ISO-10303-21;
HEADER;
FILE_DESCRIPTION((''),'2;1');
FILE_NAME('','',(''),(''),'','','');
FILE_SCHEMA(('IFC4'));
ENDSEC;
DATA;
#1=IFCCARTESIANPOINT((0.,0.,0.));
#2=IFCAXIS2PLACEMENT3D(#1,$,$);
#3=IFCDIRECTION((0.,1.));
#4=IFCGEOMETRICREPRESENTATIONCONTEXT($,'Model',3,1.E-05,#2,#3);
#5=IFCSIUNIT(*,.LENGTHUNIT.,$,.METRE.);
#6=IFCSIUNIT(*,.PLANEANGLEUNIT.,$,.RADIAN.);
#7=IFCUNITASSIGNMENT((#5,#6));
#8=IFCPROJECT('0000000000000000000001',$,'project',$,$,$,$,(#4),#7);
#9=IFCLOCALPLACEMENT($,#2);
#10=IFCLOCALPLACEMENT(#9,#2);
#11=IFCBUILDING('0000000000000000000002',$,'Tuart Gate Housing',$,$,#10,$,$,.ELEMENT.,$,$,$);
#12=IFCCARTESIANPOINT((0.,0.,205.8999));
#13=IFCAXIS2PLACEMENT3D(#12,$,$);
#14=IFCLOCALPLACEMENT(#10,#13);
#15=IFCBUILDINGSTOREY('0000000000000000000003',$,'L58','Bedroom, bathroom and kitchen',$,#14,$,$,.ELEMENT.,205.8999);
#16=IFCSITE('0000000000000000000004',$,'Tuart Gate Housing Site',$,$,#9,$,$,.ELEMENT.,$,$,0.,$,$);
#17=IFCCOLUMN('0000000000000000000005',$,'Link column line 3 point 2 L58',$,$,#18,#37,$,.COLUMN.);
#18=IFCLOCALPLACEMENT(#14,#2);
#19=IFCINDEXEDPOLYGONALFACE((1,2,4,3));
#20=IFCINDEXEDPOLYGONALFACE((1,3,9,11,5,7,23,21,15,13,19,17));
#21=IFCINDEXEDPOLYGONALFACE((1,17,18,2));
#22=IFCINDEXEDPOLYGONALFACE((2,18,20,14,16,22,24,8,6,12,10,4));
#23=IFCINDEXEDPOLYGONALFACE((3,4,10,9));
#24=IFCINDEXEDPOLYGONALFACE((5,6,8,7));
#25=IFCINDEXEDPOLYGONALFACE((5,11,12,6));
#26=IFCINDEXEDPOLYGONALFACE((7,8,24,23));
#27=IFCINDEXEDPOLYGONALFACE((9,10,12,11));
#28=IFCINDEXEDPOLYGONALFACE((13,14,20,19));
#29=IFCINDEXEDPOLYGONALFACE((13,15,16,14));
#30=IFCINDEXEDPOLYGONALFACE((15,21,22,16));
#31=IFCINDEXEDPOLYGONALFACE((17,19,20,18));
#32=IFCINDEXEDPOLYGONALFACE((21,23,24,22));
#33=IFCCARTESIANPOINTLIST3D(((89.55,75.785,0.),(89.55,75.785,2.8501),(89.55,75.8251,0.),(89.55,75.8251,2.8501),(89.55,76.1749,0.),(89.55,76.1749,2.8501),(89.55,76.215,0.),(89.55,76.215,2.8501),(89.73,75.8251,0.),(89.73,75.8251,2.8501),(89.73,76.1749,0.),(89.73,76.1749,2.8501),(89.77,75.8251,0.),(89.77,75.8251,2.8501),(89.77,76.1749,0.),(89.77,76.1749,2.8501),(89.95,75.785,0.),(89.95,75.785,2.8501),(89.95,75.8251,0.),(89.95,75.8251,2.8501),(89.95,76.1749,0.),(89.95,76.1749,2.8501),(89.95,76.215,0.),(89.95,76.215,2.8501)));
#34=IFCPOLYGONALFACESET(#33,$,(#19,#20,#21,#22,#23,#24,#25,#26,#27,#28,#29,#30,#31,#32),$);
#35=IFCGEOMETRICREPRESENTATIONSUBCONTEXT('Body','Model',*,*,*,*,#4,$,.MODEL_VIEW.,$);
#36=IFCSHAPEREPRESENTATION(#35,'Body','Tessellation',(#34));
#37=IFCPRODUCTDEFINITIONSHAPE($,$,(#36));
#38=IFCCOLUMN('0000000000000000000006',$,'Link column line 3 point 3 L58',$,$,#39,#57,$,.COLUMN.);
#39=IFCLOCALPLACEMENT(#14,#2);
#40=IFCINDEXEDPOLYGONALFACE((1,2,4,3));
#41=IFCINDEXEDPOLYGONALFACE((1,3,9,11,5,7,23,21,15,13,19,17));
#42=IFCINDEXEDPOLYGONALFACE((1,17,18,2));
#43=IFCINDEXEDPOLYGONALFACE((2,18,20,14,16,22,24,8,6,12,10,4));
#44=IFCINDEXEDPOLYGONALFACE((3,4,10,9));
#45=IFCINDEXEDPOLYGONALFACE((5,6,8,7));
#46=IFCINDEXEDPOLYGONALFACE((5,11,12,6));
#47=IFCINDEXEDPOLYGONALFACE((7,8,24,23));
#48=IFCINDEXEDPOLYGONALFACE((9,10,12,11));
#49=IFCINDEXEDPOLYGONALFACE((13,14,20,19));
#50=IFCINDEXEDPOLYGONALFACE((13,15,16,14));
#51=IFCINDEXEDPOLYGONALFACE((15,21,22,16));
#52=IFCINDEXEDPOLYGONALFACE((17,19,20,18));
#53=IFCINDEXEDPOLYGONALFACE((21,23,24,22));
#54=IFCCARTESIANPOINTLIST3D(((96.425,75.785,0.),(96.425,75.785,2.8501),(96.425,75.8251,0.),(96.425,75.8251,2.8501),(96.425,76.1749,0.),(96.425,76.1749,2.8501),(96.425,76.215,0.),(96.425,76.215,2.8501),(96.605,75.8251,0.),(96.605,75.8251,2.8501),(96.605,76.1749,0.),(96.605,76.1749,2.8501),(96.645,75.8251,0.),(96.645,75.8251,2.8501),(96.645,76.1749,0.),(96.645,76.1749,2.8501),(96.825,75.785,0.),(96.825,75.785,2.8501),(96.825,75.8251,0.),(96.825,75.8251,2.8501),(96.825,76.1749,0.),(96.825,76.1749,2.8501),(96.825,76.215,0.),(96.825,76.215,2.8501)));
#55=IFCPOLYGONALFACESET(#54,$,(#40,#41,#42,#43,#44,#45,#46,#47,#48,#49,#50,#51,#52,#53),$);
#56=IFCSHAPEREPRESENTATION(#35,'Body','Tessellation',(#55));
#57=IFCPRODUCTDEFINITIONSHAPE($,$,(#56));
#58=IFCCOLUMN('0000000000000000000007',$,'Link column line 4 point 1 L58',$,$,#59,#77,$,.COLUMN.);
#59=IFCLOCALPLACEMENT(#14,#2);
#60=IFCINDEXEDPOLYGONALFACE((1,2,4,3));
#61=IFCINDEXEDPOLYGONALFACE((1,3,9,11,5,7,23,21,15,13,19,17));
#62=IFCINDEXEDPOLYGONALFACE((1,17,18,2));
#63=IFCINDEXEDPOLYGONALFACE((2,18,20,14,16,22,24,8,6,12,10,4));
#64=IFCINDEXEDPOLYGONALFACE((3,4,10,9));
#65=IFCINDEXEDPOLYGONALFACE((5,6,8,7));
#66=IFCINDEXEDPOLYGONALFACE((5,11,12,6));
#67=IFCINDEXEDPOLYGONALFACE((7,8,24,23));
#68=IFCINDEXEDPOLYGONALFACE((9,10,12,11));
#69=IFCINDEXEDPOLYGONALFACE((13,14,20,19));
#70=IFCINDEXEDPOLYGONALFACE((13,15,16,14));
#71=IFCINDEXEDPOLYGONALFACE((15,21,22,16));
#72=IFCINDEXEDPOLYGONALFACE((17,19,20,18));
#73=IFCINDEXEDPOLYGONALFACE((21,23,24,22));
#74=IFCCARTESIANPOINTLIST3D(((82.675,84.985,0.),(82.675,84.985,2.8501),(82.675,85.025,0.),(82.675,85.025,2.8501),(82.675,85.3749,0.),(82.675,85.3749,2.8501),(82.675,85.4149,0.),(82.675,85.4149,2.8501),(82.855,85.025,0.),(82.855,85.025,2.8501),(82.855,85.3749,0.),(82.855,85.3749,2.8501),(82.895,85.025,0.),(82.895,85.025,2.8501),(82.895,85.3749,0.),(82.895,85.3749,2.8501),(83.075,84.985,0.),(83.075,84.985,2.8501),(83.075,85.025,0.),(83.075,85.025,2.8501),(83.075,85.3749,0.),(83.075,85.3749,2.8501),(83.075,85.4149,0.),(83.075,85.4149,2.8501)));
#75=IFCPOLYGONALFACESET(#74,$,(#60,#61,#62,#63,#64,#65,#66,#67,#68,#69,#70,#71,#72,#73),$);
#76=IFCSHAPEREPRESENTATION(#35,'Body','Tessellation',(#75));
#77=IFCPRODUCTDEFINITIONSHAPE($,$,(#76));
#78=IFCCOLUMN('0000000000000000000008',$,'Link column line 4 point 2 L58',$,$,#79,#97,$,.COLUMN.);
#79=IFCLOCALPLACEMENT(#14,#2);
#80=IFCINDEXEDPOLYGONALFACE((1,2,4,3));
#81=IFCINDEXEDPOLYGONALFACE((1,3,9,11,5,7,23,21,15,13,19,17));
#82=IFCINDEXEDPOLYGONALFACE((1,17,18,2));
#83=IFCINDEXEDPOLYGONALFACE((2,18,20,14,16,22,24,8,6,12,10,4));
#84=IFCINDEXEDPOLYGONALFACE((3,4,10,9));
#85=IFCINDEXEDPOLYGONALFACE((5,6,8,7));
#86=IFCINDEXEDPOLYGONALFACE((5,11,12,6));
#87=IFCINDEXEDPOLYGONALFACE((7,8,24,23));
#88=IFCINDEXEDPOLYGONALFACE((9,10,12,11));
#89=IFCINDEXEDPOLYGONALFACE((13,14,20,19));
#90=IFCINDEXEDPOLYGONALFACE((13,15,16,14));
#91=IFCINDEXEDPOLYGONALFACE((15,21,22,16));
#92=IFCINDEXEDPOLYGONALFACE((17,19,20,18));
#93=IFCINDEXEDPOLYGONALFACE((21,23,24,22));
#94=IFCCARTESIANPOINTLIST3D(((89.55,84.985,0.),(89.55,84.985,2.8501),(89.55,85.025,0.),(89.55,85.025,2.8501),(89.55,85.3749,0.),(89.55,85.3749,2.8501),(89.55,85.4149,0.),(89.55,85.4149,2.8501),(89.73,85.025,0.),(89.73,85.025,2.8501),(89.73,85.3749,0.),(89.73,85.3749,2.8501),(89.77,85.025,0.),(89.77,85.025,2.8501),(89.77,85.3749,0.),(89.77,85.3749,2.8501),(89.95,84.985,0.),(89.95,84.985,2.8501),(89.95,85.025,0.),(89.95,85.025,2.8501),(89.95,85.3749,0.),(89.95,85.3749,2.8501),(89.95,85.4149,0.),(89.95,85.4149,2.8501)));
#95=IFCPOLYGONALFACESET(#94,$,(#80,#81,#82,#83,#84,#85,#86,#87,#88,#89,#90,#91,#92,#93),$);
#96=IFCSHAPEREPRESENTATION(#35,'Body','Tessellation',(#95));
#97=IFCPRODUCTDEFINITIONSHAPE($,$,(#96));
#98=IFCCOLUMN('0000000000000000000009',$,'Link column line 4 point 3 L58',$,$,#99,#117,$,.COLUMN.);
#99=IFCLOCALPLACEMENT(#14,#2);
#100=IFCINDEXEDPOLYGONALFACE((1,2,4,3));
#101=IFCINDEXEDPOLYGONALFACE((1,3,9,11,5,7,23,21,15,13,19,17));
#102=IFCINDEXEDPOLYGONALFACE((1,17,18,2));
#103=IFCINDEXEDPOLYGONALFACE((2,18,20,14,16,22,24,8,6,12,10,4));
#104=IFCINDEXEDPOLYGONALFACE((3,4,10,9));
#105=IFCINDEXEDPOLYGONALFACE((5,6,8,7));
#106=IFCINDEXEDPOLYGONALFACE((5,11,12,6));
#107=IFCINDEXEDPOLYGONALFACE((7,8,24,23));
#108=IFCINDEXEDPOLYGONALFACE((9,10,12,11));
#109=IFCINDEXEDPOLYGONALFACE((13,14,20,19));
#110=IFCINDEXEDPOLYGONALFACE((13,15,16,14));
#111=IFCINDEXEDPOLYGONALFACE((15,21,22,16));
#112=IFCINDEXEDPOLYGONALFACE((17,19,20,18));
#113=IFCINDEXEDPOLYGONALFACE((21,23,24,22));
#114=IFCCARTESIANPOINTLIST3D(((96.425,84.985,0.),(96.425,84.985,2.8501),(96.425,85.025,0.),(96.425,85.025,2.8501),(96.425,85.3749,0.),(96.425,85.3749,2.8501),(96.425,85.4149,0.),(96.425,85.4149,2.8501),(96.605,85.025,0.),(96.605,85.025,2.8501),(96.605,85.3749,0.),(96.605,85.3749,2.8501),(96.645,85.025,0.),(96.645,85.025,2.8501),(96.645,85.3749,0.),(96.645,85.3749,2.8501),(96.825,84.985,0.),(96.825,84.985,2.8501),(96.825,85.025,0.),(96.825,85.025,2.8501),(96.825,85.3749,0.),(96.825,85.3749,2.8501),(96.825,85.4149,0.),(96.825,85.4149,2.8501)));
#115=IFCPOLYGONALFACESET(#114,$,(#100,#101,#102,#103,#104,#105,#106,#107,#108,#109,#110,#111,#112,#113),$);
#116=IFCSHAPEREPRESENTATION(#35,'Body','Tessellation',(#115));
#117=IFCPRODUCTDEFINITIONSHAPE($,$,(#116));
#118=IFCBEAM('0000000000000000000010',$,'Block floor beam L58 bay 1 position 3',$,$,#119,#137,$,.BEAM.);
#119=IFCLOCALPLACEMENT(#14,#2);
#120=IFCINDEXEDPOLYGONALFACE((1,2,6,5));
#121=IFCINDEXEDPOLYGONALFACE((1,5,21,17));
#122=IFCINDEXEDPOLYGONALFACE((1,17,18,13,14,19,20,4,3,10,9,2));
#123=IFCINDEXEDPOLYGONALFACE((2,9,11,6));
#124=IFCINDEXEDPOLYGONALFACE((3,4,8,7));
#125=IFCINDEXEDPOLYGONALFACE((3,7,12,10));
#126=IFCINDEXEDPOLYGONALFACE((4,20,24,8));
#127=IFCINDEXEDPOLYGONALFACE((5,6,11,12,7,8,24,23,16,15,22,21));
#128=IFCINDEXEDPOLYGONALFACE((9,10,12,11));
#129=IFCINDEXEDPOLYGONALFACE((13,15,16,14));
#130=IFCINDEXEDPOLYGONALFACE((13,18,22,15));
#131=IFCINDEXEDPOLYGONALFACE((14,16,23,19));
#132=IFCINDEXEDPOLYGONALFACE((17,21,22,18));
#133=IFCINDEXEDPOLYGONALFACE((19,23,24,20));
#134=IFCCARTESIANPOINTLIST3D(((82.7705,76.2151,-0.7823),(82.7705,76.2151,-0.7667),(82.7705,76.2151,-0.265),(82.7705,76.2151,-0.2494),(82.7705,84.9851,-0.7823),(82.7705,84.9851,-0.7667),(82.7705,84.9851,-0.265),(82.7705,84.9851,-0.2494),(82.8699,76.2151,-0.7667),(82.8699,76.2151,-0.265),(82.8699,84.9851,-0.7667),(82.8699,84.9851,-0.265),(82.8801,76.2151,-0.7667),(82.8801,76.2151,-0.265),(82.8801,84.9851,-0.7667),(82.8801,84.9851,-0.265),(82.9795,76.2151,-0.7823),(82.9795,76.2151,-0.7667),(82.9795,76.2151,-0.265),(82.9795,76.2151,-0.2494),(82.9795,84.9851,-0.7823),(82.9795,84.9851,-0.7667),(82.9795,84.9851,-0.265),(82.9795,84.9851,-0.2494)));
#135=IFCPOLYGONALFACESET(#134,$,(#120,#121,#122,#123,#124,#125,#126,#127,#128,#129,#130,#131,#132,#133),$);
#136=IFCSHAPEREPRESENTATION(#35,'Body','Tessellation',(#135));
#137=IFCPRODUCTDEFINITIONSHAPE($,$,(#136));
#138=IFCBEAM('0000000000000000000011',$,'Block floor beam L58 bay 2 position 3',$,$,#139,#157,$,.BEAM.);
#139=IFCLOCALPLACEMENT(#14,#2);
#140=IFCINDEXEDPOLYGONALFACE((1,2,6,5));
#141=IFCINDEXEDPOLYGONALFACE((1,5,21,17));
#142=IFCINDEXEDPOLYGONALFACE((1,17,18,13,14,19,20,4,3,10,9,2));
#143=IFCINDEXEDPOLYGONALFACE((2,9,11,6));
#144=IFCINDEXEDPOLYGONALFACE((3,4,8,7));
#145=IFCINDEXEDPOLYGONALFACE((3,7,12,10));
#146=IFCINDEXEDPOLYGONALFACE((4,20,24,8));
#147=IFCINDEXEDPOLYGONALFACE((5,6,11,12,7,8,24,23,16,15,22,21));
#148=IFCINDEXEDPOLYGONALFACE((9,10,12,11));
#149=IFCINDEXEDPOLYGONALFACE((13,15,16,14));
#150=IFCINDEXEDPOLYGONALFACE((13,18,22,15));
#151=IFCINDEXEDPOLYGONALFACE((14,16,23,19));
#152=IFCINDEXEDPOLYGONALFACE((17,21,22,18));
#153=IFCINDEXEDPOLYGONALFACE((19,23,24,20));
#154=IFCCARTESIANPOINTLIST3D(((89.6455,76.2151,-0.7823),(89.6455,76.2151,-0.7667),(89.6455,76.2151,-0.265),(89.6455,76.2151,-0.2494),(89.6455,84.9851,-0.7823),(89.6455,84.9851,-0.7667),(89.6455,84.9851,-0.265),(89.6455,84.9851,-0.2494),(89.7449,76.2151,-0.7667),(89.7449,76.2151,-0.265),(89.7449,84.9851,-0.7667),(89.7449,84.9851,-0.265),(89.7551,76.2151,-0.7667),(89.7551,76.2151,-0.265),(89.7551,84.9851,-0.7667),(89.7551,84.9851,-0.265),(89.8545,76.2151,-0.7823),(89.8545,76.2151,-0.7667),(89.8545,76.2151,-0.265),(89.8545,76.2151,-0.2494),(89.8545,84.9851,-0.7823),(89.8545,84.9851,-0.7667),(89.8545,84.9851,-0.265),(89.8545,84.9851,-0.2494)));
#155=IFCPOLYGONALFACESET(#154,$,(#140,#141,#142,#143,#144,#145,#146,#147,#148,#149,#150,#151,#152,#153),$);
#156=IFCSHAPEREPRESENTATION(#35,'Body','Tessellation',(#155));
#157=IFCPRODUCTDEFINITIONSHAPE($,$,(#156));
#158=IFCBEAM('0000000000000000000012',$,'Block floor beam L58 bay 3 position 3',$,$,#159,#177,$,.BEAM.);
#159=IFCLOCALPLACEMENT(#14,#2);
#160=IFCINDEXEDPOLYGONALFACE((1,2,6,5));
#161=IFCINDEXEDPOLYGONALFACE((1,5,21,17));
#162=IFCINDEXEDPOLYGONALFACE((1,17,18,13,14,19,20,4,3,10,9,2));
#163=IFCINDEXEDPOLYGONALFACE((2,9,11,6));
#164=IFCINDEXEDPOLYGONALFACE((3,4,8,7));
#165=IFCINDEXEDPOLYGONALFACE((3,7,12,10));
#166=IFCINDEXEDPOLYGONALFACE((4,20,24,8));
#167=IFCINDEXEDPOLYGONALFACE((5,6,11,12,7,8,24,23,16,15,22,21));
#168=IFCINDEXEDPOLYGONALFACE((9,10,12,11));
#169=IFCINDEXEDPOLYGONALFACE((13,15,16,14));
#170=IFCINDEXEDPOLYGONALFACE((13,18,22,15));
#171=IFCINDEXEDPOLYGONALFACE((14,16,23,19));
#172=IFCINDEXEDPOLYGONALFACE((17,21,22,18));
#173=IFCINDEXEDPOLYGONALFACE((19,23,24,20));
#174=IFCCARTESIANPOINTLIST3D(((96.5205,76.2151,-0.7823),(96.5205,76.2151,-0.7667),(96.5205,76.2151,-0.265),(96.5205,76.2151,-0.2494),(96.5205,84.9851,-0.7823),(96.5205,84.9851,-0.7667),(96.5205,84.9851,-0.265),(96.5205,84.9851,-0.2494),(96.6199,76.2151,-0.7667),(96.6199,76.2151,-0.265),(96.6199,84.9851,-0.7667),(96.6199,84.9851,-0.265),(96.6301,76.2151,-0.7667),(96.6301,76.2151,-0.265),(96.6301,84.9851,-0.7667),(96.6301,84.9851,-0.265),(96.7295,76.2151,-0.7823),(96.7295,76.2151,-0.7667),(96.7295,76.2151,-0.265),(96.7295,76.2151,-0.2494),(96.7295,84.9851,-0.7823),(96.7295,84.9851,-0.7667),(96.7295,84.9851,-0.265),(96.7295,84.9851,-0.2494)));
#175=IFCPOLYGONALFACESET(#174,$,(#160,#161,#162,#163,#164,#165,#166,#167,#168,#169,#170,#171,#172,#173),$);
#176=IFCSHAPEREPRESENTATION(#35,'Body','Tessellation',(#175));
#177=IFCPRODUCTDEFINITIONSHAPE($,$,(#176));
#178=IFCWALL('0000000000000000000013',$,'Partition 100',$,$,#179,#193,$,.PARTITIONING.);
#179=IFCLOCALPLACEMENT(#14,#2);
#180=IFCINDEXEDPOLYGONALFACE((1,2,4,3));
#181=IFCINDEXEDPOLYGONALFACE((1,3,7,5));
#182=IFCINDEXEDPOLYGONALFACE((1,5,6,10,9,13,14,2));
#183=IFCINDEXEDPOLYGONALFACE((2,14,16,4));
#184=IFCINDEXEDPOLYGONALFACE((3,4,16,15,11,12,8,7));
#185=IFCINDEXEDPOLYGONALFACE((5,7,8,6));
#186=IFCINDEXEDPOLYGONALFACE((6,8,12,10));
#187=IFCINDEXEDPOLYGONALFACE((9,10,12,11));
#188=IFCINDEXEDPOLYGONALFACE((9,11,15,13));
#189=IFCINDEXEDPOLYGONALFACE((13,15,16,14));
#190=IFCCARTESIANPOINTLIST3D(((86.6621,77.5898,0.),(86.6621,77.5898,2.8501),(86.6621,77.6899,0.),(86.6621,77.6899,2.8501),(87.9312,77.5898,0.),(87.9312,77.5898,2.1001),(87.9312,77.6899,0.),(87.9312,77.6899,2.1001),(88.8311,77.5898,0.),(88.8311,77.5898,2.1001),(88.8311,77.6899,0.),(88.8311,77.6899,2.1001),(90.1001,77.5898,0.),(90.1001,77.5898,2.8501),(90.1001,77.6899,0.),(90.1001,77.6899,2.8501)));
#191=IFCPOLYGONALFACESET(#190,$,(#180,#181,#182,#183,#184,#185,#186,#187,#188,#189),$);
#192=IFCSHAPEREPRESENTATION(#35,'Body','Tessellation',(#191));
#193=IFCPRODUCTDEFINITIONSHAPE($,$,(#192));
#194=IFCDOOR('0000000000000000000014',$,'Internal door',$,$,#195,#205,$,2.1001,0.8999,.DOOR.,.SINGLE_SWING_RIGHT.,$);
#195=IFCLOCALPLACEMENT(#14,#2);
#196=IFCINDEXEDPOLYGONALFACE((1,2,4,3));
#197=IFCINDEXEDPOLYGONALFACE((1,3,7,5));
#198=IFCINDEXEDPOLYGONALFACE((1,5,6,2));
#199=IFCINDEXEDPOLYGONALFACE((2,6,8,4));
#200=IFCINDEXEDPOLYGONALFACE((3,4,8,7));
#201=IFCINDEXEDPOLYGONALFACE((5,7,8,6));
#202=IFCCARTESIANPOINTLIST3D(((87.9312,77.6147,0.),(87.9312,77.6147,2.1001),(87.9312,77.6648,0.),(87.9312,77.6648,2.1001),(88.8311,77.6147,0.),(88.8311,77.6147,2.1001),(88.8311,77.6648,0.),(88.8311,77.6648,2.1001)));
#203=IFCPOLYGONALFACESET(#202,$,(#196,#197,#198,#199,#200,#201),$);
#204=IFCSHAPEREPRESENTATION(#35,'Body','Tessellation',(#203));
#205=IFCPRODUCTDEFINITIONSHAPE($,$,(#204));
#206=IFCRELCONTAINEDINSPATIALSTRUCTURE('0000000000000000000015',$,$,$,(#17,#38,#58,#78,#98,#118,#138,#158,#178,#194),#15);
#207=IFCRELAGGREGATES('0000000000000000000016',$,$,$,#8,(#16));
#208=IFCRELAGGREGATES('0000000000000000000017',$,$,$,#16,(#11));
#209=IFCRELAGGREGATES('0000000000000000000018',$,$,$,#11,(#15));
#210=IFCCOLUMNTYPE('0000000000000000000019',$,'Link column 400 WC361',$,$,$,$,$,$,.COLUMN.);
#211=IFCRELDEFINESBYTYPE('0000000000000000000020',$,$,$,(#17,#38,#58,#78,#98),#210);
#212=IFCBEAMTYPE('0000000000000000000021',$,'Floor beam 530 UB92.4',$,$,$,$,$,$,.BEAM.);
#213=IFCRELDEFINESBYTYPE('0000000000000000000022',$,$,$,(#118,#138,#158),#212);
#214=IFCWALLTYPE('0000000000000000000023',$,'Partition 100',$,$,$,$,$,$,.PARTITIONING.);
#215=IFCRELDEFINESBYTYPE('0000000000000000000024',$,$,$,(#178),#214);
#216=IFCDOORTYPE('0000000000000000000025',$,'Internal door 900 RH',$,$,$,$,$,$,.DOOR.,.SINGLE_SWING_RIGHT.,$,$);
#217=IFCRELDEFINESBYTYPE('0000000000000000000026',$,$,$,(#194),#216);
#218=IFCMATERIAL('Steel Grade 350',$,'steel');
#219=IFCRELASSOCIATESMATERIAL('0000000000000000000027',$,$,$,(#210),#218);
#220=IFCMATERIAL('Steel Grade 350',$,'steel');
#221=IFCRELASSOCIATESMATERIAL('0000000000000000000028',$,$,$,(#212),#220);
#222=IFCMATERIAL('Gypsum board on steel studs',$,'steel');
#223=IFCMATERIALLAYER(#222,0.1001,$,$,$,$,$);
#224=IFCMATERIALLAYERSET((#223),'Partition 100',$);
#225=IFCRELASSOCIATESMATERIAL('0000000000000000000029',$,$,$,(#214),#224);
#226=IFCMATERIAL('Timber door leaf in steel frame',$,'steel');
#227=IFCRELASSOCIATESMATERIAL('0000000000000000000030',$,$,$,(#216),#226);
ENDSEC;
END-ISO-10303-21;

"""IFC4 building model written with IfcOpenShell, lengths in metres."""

from ifc_helpers import new_model, si_unit, direction, frame, frame_2d, origin, origin_2d, place, context, subcontext, project, spatial, rectangle, i_section, extrude, material, layer, layer_set, material_profile, profile_set, type_object, element, fill, save


model = new_model("IFC4")

# Units and contexts
model_context = context("Model", 3, precision=1e-05, world=origin(), true_north=direction((0.0, 1.0)))
body_context = subcontext(model_context, "Body", "Model", "MODEL_VIEW")
ifc_project = project(units=[si_unit("LENGTHUNIT", "METRE"), si_unit("PLANEANGLEUNIT", "RADIAN")], contexts=[model_context])

# Site, building, storey
site_placement = place(None, origin())
site = spatial("IfcSite", under=ifc_project, at=site_placement, Name="Tuart Gate Housing Site", CompositionType="ELEMENT", RefElevation=0.0)
building_placement = place(site_placement, origin())
building = spatial("IfcBuilding", under=site, at=building_placement, Name="Tuart Gate Housing", CompositionType="ELEMENT")
storey_placement = place(building_placement, frame((0.0, 0.0, 205.8999)))
storey = spatial("IfcBuildingStorey", under=building, at=storey_placement, Name="L58", Description="Bedroom, bathroom and kitchen", CompositionType="ELEMENT", Elevation=205.8999)

# Columns
ifc_material_1 = material(Name="Steel Grade 350", Category="steel")
ifc_material_profile_1 = material_profile(ifc_material_1, i_section(OverallWidth=0.3999, OverallDepth=0.4299, WebThickness=0.04, FlangeThickness=0.04, at=origin_2d()), Name="400WC361")
ifc_profile_set_1 = profile_set([ifc_material_profile_1], Name="Steel Grade 350")
column_type = type_object("IfcColumnType", Name="Link column 400 WC361", PredefinedType="COLUMN", material=ifc_profile_set_1)
for number, where, z_axis, x_axis, name in (
    (1, (89.75, 76.0, 0.0), (0.0, 0.0, 1.0), (1.0, 0.0, 0.0), "Link column line 3 point 2 L58"),
    (2, (96.625, 76.0, 0.0), (0.0, 0.0, 1.0), (1.0, 0.0, 0.0), "Link column line 3 point 3 L58"),
    (3, (82.875, 85.2, 0.0), (0.0, 0.0, 1.0), (1.0, 0.0, 0.0), "Link column line 4 point 1 L58"),
    (4, (89.75, 85.2, 0.0), (0.0, 0.0, 1.0), (1.0, 0.0, 0.0), "Link column line 4 point 2 L58"),
    (5, (96.625, 85.2, 0.0), (0.0, 0.0, 1.0), (1.0, 0.0, 0.0), "Link column line 4 point 3 L58"),
):
    element("IfcColumn", number, at=place(storey_placement, frame(where, z_axis=z_axis, x_axis=x_axis)), inside=storey, type_object=column_type, Name=name, PredefinedType="COLUMN", context=body_context, shape_type="SweptSolid", body=[
        extrude(i_section(OverallWidth=0.3999, OverallDepth=0.4299, WebThickness=0.04, FlangeThickness=0.04, at=origin_2d()), origin(), (0.0, 0.0, 1.0), 2.8501),
    ])

# Beams
ifc_material_2 = material(Name="Steel Grade 350", Category="steel")
ifc_material_profile_2 = material_profile(ifc_material_2, i_section(OverallWidth=0.209, OverallDepth=0.533, WebThickness=0.0103, FlangeThickness=0.0156, at=origin_2d()), Name="530UB92.4")
ifc_profile_set_2 = profile_set([ifc_material_profile_2], Name="Steel Grade 350")
beam_type = type_object("IfcBeamType", Name="Floor beam 530 UB92.4", PredefinedType="BEAM", material=ifc_profile_set_2)
for number, where, z_axis, x_axis, name in (
    (6, (82.875, 76.2151, -0.5159), (0.0, 1.0, 0.0), (-1.0, 0.0, 0.0), "Block floor beam L58 bay 1 position 3"),
    (7, (89.75, 76.2151, -0.5159), (0.0, 1.0, 0.0), (-1.0, 0.0, 0.0), "Block floor beam L58 bay 2 position 3"),
    (8, (96.625, 76.2151, -0.5159), (0.0, 1.0, 0.0), (-1.0, 0.0, 0.0), "Block floor beam L58 bay 3 position 3"),
):
    element("IfcBeam", number, at=place(storey_placement, frame(where, z_axis=z_axis, x_axis=x_axis)), inside=storey, type_object=beam_type, Name=name, PredefinedType="BEAM", context=body_context, shape_type="SweptSolid", body=[
        extrude(i_section(OverallWidth=0.209, OverallDepth=0.533, WebThickness=0.0103, FlangeThickness=0.0156, at=origin_2d()), origin(), (0.0, 0.0, 1.0), 8.77),
    ])

# Wall, opening, door
ifc_material_3 = material(Name="Gypsum board on steel studs", Category="steel")
ifc_layer = layer(ifc_material_3, 0.1001)
ifc_layer_set = layer_set([ifc_layer], Name="Partition 100")
wall_type = type_object("IfcWallType", Name="Partition 100", PredefinedType="PARTITIONING", material=ifc_layer_set)
wall_1_placement = place(storey_placement, frame((86.6621, 77.6399, 0.0), z_axis=(0.0, 0.0, 1.0), x_axis=(1.0, 0.0, 0.0)))
wall_1 = element("IfcWall", 9, at=wall_1_placement, inside=storey, type_object=wall_type, Name="Partition 100", PredefinedType="PARTITIONING", context=body_context, shape_type="SweptSolid", body=[
    extrude(rectangle(XDim=3.438, YDim=0.1001, at=frame_2d((1.719, 0.0))), origin(), (0.0, 0.0, 1.0), 2.8501),
])
opening_1_placement = place(wall_1_placement, frame((1.269, 0.0, 0.0)))
opening_1 = element("IfcOpeningElement", 10, at=opening_1_placement, cuts=wall_1, PredefinedType="OPENING", context=body_context, shape_type="SweptSolid", body=[
    extrude(rectangle(XDim=0.8999, YDim=2.1001, at=frame_2d((0.45, 1.05))), frame((0.0, 0.0601, 0.0), z_axis=(0.0, -1.0, 0.0), x_axis=(1.0, 0.0, 0.0)), (0.0, 0.0, 1.0), 0.1201),
])
ifc_material_4 = material(Name="Timber door leaf in steel frame", Category="steel")
door_type_1 = type_object("IfcDoorType", Name="Internal door 900 RH", OperationType="SINGLE_SWING_RIGHT", PredefinedType="DOOR", material=ifc_material_4)
door_1_placement = place(opening_1_placement, frame((0.8999, 0.0, 0.0), z_axis=(0.0, 0.0, 1.0), x_axis=(-1.0, 0.0, 0.0)))
door_1 = element("IfcDoor", 11, at=door_1_placement, inside=storey, type_object=door_type_1, Name="Internal door", OperationType="SINGLE_SWING_RIGHT", OverallHeight=2.1001, OverallWidth=0.8999, PredefinedType="DOOR", context=body_context, shape_type="SweptSolid", body=[
    extrude(rectangle(XDim=0.8999, YDim=2.1001, at=frame_2d((0.45, 1.05))), frame((0.0, 0.0251, 0.0), z_axis=(0.0, -1.0, 0.0), x_axis=(1.0, 0.0, 0.0)), (0.0, 0.0, 1.0), 0.05),
])
fill(opening_1, door_1)

save(model, "model.ifc")
